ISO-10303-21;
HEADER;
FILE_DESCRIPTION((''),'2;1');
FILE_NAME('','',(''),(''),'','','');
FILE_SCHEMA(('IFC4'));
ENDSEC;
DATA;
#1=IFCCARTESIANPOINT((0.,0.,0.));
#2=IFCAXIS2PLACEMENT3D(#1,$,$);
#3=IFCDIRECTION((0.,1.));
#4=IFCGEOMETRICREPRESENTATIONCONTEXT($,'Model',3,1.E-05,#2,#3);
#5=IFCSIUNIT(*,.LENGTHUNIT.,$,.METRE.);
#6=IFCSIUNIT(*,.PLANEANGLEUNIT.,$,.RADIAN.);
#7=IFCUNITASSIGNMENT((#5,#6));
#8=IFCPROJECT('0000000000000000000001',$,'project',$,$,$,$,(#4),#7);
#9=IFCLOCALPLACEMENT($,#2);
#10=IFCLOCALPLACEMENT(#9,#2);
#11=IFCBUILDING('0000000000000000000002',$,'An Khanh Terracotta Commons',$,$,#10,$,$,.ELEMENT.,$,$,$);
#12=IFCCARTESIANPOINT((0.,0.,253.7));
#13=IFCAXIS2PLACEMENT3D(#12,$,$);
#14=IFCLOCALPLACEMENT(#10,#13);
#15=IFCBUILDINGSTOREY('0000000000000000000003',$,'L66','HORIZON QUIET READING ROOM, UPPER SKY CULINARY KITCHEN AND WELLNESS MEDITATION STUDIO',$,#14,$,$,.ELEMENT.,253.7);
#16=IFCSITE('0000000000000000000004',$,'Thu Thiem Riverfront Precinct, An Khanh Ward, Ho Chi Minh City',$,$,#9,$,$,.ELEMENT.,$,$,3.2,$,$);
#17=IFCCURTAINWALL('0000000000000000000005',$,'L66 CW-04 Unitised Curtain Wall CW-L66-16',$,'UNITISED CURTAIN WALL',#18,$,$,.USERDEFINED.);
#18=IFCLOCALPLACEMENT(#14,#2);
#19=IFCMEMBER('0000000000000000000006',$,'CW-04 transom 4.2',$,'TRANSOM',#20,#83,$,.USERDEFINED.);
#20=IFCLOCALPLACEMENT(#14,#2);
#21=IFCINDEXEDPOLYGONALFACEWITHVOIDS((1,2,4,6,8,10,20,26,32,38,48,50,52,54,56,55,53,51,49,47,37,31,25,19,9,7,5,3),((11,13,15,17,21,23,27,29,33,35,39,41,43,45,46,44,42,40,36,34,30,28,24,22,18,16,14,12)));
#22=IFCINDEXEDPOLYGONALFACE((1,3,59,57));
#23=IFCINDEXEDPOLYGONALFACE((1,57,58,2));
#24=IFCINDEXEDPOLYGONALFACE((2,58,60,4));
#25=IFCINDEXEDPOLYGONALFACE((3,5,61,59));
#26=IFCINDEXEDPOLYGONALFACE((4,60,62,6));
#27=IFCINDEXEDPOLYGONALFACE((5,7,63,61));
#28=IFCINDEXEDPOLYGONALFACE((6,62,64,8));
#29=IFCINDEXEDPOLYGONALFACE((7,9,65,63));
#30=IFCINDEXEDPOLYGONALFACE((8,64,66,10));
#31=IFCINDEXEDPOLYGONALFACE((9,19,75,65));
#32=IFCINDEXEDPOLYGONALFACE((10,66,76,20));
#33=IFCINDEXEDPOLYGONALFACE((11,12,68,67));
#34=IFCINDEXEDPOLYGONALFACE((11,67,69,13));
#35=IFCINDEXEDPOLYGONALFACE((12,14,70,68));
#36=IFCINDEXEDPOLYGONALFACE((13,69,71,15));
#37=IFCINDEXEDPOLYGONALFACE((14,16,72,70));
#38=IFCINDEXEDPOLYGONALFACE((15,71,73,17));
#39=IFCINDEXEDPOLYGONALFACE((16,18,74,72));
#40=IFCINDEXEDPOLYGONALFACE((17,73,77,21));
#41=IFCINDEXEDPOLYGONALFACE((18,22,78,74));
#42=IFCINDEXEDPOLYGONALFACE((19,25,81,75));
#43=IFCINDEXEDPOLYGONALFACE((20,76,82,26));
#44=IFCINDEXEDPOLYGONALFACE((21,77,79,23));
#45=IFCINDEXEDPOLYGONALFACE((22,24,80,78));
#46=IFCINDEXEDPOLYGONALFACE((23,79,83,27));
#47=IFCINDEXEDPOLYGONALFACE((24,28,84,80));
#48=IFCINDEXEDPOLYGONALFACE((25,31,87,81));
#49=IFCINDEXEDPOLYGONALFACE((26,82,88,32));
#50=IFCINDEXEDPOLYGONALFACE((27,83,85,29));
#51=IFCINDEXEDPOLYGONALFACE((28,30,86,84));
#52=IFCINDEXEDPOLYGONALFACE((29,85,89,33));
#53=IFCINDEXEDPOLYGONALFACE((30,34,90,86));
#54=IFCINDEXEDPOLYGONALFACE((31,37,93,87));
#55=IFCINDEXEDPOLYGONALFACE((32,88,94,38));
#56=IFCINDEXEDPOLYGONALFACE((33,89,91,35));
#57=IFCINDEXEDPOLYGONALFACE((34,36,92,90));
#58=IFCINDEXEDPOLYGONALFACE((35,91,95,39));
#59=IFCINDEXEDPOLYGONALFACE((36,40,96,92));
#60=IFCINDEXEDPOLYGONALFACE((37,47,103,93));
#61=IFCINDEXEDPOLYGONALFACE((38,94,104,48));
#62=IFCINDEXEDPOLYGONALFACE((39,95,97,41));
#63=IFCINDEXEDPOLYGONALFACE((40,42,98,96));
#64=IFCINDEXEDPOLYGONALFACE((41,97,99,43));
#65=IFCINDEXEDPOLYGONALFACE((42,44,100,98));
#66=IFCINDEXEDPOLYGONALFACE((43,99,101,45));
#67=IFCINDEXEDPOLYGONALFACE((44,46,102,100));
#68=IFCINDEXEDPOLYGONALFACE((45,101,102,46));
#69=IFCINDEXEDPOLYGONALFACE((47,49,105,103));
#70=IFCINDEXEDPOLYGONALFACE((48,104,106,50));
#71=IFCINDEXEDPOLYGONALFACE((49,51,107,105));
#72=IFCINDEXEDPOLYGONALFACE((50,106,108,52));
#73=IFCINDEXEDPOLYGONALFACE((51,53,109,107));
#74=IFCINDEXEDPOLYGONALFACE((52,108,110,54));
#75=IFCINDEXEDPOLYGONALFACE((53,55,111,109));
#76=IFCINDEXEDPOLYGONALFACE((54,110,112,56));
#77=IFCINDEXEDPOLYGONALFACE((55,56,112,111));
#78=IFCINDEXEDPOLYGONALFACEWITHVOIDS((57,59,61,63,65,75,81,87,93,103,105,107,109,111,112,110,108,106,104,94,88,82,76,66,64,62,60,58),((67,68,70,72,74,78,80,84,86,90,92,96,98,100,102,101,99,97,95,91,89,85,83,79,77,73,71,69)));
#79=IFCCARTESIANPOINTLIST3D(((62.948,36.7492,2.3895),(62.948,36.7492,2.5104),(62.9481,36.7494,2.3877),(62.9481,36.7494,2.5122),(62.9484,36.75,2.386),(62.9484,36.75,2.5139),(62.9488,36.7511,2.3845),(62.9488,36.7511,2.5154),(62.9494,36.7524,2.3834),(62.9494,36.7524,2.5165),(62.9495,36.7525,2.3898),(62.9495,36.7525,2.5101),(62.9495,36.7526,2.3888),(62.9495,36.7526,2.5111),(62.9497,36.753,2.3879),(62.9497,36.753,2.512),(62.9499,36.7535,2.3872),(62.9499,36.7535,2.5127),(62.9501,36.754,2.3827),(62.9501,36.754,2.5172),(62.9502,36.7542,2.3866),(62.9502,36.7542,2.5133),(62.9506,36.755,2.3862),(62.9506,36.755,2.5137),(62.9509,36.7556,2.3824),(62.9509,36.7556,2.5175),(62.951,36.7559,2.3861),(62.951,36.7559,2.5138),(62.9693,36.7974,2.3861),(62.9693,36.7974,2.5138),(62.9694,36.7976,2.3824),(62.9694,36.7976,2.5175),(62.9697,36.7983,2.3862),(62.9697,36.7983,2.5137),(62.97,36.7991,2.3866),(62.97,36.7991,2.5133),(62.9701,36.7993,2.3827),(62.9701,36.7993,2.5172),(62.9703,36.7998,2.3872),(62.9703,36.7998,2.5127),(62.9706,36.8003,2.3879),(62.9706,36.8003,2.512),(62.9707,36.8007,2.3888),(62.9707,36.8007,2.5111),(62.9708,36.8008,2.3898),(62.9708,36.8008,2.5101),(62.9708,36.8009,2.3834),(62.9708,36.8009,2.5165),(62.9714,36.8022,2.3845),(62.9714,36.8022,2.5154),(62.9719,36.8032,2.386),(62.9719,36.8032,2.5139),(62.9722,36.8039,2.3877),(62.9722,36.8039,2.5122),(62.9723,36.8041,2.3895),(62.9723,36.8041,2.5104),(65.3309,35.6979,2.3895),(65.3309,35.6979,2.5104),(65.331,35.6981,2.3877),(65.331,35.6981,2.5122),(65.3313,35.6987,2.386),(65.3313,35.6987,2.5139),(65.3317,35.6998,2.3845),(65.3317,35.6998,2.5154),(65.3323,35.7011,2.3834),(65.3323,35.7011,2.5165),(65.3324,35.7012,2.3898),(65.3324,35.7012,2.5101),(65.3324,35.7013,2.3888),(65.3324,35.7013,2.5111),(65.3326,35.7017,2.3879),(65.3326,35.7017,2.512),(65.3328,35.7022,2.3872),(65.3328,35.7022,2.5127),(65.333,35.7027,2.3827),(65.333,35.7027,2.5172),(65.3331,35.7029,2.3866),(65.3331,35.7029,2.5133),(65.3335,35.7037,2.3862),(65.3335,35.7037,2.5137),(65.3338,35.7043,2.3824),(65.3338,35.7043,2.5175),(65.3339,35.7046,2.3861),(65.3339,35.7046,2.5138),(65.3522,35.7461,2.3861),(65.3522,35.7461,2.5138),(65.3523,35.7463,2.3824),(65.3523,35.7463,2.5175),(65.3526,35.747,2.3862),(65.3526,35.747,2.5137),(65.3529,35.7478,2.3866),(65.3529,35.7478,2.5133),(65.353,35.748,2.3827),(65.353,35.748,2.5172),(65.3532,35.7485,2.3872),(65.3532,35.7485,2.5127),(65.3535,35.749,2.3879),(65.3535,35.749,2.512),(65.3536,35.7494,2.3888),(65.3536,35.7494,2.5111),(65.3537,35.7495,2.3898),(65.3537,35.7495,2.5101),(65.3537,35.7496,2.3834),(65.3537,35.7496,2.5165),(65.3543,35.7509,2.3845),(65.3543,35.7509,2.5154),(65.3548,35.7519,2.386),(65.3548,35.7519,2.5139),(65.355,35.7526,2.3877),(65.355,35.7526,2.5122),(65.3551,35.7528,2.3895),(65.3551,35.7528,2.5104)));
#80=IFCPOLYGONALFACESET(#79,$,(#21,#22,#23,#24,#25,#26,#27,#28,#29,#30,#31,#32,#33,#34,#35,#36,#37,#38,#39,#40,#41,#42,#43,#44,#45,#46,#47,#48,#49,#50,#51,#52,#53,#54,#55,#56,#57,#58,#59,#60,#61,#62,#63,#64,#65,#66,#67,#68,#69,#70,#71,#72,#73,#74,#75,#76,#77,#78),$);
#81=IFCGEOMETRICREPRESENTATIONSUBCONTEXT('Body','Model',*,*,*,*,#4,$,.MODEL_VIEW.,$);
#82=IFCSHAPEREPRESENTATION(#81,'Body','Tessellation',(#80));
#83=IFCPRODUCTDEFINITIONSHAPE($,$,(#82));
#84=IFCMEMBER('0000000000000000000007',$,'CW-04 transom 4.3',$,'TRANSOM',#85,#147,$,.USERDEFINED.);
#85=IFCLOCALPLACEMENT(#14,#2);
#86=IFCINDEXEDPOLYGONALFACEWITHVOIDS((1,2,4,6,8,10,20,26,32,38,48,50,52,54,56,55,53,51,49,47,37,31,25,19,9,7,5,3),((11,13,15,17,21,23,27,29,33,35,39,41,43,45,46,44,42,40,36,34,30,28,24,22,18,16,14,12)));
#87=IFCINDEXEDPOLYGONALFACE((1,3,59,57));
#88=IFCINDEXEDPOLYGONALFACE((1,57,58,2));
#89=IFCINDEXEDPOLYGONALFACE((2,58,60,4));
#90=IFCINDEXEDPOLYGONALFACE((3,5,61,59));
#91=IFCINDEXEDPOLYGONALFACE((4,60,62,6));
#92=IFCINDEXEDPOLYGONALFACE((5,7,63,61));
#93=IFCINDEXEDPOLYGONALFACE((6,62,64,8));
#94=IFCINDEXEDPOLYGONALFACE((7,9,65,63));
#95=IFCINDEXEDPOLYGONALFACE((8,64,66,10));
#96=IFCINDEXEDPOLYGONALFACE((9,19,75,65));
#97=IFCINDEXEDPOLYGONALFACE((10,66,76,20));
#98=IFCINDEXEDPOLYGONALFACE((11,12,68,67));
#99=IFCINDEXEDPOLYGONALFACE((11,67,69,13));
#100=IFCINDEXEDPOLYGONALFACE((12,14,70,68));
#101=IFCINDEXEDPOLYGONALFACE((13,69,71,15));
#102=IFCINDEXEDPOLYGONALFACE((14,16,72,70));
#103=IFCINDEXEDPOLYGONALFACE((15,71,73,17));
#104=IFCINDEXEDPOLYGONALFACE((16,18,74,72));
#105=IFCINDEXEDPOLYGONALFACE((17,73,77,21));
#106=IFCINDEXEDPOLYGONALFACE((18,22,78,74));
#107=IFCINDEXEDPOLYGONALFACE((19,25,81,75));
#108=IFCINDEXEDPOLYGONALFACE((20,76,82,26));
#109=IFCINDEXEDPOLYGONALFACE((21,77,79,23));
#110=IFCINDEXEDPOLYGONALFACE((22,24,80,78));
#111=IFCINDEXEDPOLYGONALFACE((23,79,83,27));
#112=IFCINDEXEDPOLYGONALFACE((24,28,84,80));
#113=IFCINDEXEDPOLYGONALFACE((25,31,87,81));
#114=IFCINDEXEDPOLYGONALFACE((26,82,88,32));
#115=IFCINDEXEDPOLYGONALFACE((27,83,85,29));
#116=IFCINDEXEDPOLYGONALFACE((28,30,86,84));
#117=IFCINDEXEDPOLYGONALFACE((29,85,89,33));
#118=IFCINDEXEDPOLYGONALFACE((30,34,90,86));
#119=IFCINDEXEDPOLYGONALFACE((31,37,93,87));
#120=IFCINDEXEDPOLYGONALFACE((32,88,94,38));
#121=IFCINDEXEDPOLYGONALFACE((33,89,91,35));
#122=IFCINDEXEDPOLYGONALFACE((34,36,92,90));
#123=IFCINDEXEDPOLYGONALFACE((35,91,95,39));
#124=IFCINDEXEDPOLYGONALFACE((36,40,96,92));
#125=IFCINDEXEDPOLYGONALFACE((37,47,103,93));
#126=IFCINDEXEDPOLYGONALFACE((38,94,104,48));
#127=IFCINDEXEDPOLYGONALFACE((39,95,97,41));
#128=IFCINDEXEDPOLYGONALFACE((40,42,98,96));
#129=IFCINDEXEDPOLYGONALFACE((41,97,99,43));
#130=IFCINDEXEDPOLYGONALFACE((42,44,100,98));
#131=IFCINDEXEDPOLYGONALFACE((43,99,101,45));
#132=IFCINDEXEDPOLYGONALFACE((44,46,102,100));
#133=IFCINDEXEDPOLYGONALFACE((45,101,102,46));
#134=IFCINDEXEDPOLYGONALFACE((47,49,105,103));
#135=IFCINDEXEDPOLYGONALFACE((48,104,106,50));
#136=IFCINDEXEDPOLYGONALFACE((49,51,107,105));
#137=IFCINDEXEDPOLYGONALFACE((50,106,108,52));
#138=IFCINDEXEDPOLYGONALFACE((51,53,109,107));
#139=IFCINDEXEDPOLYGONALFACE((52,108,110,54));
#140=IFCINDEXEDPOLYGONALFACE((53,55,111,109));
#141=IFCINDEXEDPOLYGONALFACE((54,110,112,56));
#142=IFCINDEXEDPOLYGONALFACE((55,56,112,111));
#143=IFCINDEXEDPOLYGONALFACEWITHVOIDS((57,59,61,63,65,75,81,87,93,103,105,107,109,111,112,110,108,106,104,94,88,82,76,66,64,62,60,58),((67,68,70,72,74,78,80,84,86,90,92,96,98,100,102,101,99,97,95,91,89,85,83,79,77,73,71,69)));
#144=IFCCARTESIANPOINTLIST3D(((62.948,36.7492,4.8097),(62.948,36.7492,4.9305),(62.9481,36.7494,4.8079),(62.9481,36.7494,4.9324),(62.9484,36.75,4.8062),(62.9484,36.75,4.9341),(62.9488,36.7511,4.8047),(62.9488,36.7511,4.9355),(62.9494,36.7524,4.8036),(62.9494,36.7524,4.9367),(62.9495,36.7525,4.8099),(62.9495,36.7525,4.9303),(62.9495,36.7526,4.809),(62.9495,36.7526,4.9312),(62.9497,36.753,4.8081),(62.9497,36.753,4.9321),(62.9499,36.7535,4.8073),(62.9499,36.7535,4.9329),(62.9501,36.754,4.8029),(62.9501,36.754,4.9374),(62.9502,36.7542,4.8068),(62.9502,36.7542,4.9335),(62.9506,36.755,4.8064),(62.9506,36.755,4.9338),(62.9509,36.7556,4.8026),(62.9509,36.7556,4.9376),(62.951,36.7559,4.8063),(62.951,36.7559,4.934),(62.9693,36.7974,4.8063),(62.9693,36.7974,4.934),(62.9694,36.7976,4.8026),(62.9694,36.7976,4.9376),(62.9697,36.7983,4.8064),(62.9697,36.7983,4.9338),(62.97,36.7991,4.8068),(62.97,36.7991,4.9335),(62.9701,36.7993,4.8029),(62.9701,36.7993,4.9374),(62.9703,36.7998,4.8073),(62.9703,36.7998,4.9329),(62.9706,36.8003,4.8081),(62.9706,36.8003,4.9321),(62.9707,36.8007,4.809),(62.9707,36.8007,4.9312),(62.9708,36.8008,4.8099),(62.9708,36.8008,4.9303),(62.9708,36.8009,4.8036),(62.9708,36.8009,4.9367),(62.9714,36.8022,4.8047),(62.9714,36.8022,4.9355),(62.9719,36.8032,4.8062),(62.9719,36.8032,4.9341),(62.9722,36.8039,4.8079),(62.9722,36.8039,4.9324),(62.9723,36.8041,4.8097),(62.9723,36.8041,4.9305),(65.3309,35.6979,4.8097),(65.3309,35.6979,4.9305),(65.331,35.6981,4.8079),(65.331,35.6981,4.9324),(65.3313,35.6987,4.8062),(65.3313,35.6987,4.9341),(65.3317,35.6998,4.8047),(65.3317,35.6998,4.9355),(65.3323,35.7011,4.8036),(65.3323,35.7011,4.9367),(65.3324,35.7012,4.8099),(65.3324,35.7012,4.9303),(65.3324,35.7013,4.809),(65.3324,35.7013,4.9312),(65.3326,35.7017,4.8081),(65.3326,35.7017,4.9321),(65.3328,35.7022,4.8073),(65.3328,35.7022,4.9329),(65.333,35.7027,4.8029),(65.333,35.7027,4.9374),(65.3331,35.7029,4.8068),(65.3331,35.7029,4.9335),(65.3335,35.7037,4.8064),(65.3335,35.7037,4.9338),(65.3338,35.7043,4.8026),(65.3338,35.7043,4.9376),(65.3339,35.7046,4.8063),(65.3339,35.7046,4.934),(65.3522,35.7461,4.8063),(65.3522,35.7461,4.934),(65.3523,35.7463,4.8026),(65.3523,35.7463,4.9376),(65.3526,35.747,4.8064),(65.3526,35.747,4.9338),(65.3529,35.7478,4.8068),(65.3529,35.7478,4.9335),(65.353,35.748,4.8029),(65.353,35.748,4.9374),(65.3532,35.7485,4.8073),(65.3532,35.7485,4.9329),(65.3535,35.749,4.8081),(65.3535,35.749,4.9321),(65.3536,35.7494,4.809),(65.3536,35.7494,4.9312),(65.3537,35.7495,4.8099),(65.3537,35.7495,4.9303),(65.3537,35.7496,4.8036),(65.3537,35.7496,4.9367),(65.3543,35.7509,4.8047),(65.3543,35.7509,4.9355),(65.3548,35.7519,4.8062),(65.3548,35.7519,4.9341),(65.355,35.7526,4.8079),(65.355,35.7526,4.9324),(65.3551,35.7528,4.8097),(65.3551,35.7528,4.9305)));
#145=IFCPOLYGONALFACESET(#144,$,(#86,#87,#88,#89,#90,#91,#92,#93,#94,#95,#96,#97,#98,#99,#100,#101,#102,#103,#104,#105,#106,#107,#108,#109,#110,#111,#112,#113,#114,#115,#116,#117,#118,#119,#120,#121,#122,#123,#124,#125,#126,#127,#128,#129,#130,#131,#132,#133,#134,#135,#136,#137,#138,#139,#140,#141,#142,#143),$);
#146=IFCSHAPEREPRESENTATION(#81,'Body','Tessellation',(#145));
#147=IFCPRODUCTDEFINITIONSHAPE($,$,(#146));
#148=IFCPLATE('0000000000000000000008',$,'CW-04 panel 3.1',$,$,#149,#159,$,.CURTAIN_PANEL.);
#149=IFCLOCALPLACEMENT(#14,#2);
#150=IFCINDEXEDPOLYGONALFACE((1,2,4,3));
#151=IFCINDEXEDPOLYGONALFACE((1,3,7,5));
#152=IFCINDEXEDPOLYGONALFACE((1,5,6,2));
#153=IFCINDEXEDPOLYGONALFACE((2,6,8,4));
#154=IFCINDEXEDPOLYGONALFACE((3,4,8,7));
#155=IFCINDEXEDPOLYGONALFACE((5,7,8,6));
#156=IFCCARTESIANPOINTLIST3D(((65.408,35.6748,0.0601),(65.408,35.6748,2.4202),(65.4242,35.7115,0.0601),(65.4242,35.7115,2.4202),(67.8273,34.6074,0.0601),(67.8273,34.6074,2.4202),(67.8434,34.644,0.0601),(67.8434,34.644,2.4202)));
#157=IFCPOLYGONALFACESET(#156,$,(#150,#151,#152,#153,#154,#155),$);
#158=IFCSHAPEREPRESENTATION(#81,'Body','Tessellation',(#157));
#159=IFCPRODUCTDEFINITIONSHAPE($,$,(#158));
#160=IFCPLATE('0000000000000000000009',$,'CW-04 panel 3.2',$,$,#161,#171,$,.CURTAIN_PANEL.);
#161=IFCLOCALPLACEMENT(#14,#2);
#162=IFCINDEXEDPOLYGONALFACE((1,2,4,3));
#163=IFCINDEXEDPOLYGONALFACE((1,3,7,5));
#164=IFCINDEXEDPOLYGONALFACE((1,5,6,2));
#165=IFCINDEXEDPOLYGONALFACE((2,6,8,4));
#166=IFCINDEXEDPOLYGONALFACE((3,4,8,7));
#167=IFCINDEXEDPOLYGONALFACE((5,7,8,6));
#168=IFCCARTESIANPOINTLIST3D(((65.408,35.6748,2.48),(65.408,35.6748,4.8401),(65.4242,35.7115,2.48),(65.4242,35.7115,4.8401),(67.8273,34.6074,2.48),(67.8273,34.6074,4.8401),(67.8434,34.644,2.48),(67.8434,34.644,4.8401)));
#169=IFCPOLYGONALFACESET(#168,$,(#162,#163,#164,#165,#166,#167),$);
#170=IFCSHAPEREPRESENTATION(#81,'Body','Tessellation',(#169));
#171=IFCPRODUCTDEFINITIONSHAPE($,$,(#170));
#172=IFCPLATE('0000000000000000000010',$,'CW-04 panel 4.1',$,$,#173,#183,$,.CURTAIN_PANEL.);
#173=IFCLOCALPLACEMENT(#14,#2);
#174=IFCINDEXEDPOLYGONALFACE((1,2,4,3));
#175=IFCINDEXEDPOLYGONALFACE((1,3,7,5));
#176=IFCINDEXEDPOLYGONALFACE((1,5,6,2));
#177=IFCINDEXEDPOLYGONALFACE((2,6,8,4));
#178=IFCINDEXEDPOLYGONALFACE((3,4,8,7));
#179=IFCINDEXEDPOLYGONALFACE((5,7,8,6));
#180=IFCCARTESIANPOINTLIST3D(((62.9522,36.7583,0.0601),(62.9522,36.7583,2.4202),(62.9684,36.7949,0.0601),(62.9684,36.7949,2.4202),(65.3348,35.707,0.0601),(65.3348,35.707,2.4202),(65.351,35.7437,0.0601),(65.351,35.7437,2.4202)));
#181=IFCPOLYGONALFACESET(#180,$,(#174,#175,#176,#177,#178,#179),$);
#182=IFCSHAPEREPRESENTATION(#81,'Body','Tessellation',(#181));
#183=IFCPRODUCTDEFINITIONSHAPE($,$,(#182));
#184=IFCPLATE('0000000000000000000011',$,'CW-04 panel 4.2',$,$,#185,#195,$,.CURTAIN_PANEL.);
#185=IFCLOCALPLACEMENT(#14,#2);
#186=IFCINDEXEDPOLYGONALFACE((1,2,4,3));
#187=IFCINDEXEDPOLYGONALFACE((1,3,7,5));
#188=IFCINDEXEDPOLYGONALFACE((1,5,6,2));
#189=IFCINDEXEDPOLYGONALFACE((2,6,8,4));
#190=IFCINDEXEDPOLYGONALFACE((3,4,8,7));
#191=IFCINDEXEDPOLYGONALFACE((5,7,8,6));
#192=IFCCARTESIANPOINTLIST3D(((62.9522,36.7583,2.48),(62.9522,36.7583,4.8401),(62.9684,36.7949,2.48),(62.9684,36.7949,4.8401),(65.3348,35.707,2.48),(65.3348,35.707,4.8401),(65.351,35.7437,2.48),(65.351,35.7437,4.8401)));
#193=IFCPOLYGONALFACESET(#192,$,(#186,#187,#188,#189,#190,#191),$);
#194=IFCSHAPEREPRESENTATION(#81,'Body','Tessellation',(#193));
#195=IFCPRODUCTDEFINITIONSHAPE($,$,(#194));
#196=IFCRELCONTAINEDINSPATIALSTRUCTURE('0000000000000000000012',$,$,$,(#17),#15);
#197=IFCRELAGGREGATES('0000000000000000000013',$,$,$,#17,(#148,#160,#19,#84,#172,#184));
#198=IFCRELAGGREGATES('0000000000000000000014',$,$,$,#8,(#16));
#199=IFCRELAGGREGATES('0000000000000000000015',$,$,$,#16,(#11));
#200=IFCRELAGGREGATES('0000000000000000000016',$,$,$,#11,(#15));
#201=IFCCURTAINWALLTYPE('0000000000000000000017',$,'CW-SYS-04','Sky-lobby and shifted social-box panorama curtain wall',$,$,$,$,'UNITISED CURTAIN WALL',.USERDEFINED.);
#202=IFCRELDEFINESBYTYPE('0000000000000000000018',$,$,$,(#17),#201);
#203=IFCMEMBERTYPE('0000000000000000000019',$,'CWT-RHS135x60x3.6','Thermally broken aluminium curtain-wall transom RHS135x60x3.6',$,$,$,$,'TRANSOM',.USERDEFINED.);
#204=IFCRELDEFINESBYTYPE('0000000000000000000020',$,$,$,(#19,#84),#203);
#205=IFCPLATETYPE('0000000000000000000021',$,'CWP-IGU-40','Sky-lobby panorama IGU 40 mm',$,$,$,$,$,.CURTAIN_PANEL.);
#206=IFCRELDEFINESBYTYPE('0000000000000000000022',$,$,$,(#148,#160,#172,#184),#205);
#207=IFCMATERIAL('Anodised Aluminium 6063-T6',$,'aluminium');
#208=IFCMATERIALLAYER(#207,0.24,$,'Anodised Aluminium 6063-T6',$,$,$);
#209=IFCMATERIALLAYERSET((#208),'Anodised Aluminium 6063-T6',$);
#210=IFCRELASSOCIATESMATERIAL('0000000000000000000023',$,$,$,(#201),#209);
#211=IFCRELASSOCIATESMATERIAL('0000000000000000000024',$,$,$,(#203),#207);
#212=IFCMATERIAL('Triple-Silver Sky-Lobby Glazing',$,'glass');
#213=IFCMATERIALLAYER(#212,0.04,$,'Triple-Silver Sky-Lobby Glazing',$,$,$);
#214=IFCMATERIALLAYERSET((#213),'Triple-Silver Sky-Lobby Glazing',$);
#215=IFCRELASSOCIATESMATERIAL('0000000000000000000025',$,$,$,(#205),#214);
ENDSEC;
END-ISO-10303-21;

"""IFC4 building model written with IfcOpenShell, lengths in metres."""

from ifc_helpers import new_model, si_unit, direction, frame, origin, origin_2d, place, context, subcontext, project, spatial, rectangle, hollow_rectangle, extrude, material, layer, layer_set, material_profile, profile_set, type_object, element, aggregate, save


model = new_model("IFC4")

# Units and contexts
model_context = context("Model", 3, precision=1e-05, world=origin(), true_north=direction((0.0, 1.0)))
body_context = subcontext(model_context, "Body", "Model", "MODEL_VIEW")
ifc_project = project(units=[si_unit("LENGTHUNIT", "METRE"), si_unit("PLANEANGLEUNIT", "RADIAN")], contexts=[model_context])

# Site, building, storey
site_placement = place(None, origin())
site = spatial("IfcSite", under=ifc_project, at=site_placement, Name="Thu Thiem Riverfront Precinct, An Khanh Ward, Ho Chi Minh City", CompositionType="ELEMENT", RefElevation=3.2)
building_placement = place(site_placement, origin())
building = spatial("IfcBuilding", under=site, at=building_placement, Name="An Khanh Terracotta Commons", CompositionType="ELEMENT")
storey_placement = place(building_placement, frame((0.0, 0.0, 253.7)))
storey = spatial("IfcBuildingStorey", under=building, at=storey_placement, Name="L66", Description="HORIZON QUIET READING ROOM, UPPER SKY CULINARY KITCHEN AND WELLNESS MEDITATION STUDIO", CompositionType="ELEMENT", Elevation=253.7)

# Curtain wall, members, plates
ifc_material_1 = material(Name="Anodised Aluminium 6063-T6", Category="aluminium")
ifc_layer_1 = layer(ifc_material_1, 0.24, Name="Anodised Aluminium 6063-T6")
ifc_layer_set_1 = layer_set([ifc_layer_1], Name="Anodised Aluminium 6063-T6")
curtain_wall_type = type_object("IfcCurtainWallType", Name="CW-SYS-04", Description="Sky-lobby and shifted social-box panorama curtain wall", ElementType="UNITISED CURTAIN WALL", PredefinedType="USERDEFINED", material=ifc_layer_set_1)
curtain_wall_placement = place(storey_placement, origin())
curtain_wall = element("IfcCurtainWall", 1, at=curtain_wall_placement, inside=storey, type_object=curtain_wall_type, Name="L66 CW-04 Unitised Curtain Wall CW-L66-16", ObjectType="UNITISED CURTAIN WALL", PredefinedType="USERDEFINED")
ifc_material_profile_1 = material_profile(ifc_material_1, hollow_rectangle(XDim=0.0601, YDim=0.135, WallThickness=0.0037, InnerFilletRadius=0.0037, OuterFilletRadius=0.0071, at=origin_2d()), Name="RHS135x60x3.6")
ifc_profile_set_1 = profile_set([ifc_material_profile_1], Name="Anodised Aluminium 6063-T6")
member_type_1 = type_object("IfcMemberType", Name="CWT-RHS135x60x3.6", Description="Thermally broken aluminium curtain-wall transom RHS135x60x3.6", ElementType="TRANSOM", PredefinedType="USERDEFINED", material=ifc_profile_set_1)
member_1_placement = place(storey_placement, frame((65.343, 35.7253, 2.45), z_axis=(-0.914914, 0.403649, 0.0), x_axis=(-0.403649, -0.914914, 0.0)))
member_1 = element("IfcMember", 2, at=member_1_placement, type_object=member_type_1, Name="CW-04 transom 4.2", ObjectType="TRANSOM", PredefinedType="USERDEFINED", context=body_context, shape_type="SweptSolid", body=[
    extrude(hollow_rectangle(XDim=0.0601, YDim=0.135, WallThickness=0.0037, InnerFilletRadius=0.0037, OuterFilletRadius=0.0071, at=origin_2d()), origin(), (0.0, 0.0, 1.0), 2.6045),
])
member_2_placement = place(storey_placement, frame((65.343, 35.7253, 4.8701), z_axis=(-0.914914, 0.403649, 0.0), x_axis=(-0.403649, -0.914914, 0.0)))
member_2 = element("IfcMember", 3, at=member_2_placement, type_object=member_type_1, Name="CW-04 transom 4.3", ObjectType="TRANSOM", PredefinedType="USERDEFINED", context=body_context, shape_type="SweptSolid", body=[
    extrude(hollow_rectangle(XDim=0.0601, YDim=0.135, WallThickness=0.0037, InnerFilletRadius=0.0037, OuterFilletRadius=0.0071, at=origin_2d()), origin(), (0.0, 0.0, 1.0), 2.6045),
])
ifc_material_2 = material(Name="Triple-Silver Sky-Lobby Glazing", Category="glass")
ifc_layer_2 = layer(ifc_material_2, 0.04, Name="Triple-Silver Sky-Lobby Glazing")
ifc_layer_set_2 = layer_set([ifc_layer_2], Name="Triple-Silver Sky-Lobby Glazing")
plate_type = type_object("IfcPlateType", Name="CWP-IGU-40", Description="Sky-lobby panorama IGU 40 mm", PredefinedType="CURTAIN_PANEL", material=ifc_layer_set_2)
plate_1_placement = place(storey_placement, frame((66.6257, 35.1594, 0.0601), z_axis=(0.0, 0.0, 1.0), x_axis=(-0.914902, 0.403676, 0.0)))
plate_1 = element("IfcPlate", 4, at=plate_1_placement, type_object=plate_type, Name="CW-04 panel 3.1", PredefinedType="CURTAIN_PANEL", context=body_context, shape_type="SweptSolid", body=[
    extrude(rectangle(XDim=2.6443, YDim=0.04, at=origin_2d()), origin(), (0.0, 0.0, 1.0), 2.3601),
])
plate_2_placement = place(storey_placement, frame((66.6257, 35.1594, 2.48), z_axis=(0.0, 0.0, 1.0), x_axis=(-0.914902, 0.403676, 0.0)))
plate_2 = element("IfcPlate", 5, at=plate_2_placement, type_object=plate_type, Name="CW-04 panel 3.2", PredefinedType="CURTAIN_PANEL", context=body_context, shape_type="SweptSolid", body=[
    extrude(rectangle(XDim=2.6443, YDim=0.04, at=origin_2d()), origin(), (0.0, 0.0, 1.0), 2.3601),
])
plate_3_placement = place(storey_placement, frame((64.1516, 36.251, 0.0601), z_axis=(0.0, 0.0, 1.0), x_axis=(-0.914902, 0.403676, 0.0)))
plate_3 = element("IfcPlate", 6, at=plate_3_placement, type_object=plate_type, Name="CW-04 panel 4.1", PredefinedType="CURTAIN_PANEL", context=body_context, shape_type="SweptSolid", body=[
    extrude(rectangle(XDim=2.6042, YDim=0.04, at=origin_2d()), origin(), (0.0, 0.0, 1.0), 2.3601),
])
plate_4_placement = place(storey_placement, frame((64.1516, 36.251, 2.48), z_axis=(0.0, 0.0, 1.0), x_axis=(-0.914902, 0.403676, 0.0)))
plate_4 = element("IfcPlate", 7, at=plate_4_placement, type_object=plate_type, Name="CW-04 panel 4.2", PredefinedType="CURTAIN_PANEL", context=body_context, shape_type="SweptSolid", body=[
    extrude(rectangle(XDim=2.6042, YDim=0.04, at=origin_2d()), origin(), (0.0, 0.0, 1.0), 2.3601),
])
aggregate(curtain_wall, [plate_1, plate_2, member_1, member_2, plate_3, plate_4])

save(model, "model.ifc")
